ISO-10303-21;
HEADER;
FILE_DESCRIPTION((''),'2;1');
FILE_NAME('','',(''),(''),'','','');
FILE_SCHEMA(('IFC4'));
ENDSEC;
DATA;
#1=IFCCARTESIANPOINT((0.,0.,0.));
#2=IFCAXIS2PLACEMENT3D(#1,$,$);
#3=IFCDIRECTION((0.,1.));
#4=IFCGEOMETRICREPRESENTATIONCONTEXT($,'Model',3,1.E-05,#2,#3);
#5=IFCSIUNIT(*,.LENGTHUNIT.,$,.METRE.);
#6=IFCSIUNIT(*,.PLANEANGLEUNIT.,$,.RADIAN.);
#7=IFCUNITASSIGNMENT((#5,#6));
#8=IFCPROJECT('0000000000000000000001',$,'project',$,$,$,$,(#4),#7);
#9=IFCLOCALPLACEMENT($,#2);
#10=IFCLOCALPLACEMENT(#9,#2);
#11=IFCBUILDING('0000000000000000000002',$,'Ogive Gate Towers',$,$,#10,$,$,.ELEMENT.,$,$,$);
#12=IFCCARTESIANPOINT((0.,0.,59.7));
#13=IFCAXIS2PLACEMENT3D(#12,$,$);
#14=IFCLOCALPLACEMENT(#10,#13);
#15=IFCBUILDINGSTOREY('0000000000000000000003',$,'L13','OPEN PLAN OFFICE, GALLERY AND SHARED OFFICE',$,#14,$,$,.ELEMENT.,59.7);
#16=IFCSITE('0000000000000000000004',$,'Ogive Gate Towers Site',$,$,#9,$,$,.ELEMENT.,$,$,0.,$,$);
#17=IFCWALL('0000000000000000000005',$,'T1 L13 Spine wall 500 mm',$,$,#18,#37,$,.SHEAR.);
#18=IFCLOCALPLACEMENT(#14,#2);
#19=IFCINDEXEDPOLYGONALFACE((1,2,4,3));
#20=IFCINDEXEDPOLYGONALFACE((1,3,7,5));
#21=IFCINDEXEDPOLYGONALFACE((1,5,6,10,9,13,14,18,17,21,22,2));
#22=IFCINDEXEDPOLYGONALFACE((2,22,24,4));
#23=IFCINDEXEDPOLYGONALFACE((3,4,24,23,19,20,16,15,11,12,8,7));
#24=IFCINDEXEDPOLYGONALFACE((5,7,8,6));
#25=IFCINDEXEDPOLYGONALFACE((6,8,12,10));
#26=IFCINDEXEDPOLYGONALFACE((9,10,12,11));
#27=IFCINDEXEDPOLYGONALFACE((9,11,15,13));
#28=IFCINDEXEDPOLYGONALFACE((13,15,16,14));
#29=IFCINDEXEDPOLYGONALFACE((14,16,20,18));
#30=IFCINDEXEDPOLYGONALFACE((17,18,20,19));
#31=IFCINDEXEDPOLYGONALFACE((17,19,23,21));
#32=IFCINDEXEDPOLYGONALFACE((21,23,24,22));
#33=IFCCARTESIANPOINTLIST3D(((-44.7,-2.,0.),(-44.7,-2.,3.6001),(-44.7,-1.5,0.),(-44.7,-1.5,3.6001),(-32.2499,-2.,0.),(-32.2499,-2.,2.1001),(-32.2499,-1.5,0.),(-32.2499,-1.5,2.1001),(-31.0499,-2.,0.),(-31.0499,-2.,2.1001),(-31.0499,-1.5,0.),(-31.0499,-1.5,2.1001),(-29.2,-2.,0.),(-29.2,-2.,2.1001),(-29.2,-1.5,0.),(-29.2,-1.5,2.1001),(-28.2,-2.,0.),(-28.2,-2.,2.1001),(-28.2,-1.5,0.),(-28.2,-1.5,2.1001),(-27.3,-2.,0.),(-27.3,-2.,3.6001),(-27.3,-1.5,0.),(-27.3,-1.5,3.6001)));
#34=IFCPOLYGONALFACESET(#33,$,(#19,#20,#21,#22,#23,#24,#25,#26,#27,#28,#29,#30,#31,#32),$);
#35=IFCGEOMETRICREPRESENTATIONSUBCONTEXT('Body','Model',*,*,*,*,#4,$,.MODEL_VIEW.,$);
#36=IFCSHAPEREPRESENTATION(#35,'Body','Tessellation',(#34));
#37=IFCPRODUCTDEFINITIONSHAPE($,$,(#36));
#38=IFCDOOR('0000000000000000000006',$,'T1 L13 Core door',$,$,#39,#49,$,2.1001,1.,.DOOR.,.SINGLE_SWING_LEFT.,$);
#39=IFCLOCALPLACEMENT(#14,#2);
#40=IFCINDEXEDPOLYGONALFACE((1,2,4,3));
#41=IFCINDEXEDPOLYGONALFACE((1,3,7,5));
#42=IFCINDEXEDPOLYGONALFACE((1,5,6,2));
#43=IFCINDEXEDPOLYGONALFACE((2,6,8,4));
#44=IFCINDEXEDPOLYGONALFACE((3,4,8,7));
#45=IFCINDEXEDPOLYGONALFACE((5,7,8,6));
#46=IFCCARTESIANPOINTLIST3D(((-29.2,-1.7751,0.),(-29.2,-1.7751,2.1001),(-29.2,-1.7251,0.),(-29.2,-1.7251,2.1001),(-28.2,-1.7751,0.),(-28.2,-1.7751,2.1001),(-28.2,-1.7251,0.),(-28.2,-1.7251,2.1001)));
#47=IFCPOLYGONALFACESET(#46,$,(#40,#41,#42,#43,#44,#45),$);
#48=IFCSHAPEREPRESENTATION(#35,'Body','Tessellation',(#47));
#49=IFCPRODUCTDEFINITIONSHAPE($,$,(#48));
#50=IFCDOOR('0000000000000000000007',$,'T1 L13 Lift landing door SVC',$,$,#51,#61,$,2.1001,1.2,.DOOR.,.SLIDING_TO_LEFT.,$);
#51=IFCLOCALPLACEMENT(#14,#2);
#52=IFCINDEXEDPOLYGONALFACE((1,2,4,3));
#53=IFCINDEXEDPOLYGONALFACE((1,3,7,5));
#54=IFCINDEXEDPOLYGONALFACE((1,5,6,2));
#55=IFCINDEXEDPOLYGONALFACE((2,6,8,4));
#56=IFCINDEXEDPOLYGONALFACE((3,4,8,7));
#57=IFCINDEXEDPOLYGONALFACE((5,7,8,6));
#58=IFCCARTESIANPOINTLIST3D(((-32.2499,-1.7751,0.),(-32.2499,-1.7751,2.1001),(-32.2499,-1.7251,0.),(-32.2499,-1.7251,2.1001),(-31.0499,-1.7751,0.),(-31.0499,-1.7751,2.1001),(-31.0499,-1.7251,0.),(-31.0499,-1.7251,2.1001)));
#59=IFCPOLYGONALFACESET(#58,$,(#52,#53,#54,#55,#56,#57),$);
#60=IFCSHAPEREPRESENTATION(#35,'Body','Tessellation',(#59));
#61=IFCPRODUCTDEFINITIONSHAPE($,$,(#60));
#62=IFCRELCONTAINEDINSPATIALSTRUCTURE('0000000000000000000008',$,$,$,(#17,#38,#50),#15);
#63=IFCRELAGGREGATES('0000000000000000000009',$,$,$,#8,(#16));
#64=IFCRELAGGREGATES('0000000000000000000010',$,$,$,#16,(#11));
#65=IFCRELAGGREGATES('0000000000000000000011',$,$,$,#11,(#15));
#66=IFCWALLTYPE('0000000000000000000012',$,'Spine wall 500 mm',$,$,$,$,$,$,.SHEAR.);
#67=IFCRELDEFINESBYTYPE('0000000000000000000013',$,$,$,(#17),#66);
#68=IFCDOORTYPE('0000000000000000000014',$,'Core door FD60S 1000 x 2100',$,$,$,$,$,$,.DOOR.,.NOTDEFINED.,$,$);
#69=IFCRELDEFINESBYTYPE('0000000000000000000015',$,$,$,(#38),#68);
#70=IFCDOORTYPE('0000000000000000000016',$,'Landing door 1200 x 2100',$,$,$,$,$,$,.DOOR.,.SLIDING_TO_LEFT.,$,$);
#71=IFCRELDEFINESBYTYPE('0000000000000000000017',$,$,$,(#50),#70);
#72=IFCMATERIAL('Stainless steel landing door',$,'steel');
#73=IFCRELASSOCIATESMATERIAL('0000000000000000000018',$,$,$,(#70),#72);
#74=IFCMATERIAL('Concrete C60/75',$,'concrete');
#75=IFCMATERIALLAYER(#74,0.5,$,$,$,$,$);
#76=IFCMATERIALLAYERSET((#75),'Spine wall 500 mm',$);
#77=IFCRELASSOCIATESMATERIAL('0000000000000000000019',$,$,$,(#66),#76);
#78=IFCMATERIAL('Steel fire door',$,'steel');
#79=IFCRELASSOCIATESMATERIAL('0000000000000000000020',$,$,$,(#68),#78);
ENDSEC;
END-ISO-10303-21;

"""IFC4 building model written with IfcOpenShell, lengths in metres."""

from ifc_helpers import new_model, si_unit, direction, frame, frame_2d, origin, place, context, subcontext, project, spatial, rectangle, extrude, material, layer, layer_set, type_object, element, fill, save


model = new_model("IFC4")

# Units and contexts
model_context = context("Model", 3, precision=1e-05, world=origin(), true_north=direction((0.0, 1.0)))
body_context = subcontext(model_context, "Body", "Model", "MODEL_VIEW")
ifc_project = project(units=[si_unit("LENGTHUNIT", "METRE"), si_unit("PLANEANGLEUNIT", "RADIAN")], contexts=[model_context])

# Site, building, storey
site_placement = place(None, origin())
site = spatial("IfcSite", under=ifc_project, at=site_placement, Name="Ogive Gate Towers Site", CompositionType="ELEMENT", RefElevation=0.0)
building_placement = place(site_placement, origin())
building = spatial("IfcBuilding", under=site, at=building_placement, Name="Ogive Gate Towers", CompositionType="ELEMENT")
storey_placement = place(building_placement, frame((0.0, 0.0, 59.7)))
storey = spatial("IfcBuildingStorey", under=building, at=storey_placement, Name="L13", Description="OPEN PLAN OFFICE, GALLERY AND SHARED OFFICE", CompositionType="ELEMENT", Elevation=59.7)

# Shared definitions
ifc_material_1 = material(Name="Concrete C60/75", Category="concrete")

# Shared definitions
ifc_material_2 = material(Name="Stainless steel landing door", Category="steel")
door_type_1 = type_object("IfcDoorType", Name="Landing door 1200 x 2100", OperationType="SLIDING_TO_LEFT", PredefinedType="DOOR", material=ifc_material_2)

# Wall, openings, doors
ifc_layer_1 = layer(ifc_material_1, 0.5)
ifc_layer_set_1 = layer_set([ifc_layer_1], Name="Spine wall 500 mm")
wall_type_1 = type_object("IfcWallType", Name="Spine wall 500 mm", PredefinedType="SHEAR", material=ifc_layer_set_1)
wall_1_placement = place(storey_placement, frame((-44.7, -1.75, 0.0), z_axis=(0.0, 0.0, 1.0), x_axis=(1.0, 0.0, 0.0)))
wall_1 = element("IfcWall", 1, at=wall_1_placement, inside=storey, type_object=wall_type_1, Name="T1 L13 Spine wall 500 mm", PredefinedType="SHEAR", context=body_context, shape_type="SweptSolid", body=[
    extrude(rectangle(XDim=17.3999, YDim=0.5, at=frame_2d((8.7, 0.0))), origin(), (0.0, 0.0, 1.0), 3.6001),
])
opening_1_placement = place(wall_1_placement, frame((12.45, 0.0, 0.0)))
opening_1 = element("IfcOpeningElement", 2, at=opening_1_placement, cuts=wall_1, PredefinedType="OPENING", context=body_context, shape_type="SweptSolid", body=[
    extrude(rectangle(XDim=1.2, YDim=2.1001, at=frame_2d((0.6001, 1.05))), frame((0.0, 0.26, 0.0), z_axis=(0.0, -1.0, 0.0), x_axis=(1.0, 0.0, 0.0)), (0.0, 0.0, 1.0), 0.52),
])
opening_2_placement = place(wall_1_placement, frame((15.5, 0.0, 0.0)))
opening_2 = element("IfcOpeningElement", 3, at=opening_2_placement, cuts=wall_1, PredefinedType="OPENING", context=body_context, shape_type="SweptSolid", body=[
    extrude(rectangle(XDim=1.0, YDim=2.1001, at=frame_2d((0.5, 1.05))), frame((0.0, 0.26, 0.0), z_axis=(0.0, -1.0, 0.0), x_axis=(1.0, 0.0, 0.0)), (0.0, 0.0, 1.0), 0.52),
])
ifc_material_3 = material(Name="Steel fire door", Category="steel")
door_type_2 = type_object("IfcDoorType", Name="Core door FD60S 1000 x 2100", OperationType="NOTDEFINED", PredefinedType="DOOR", material=ifc_material_3)
door_1_placement = place(opening_2_placement, origin())
door_1 = element("IfcDoor", 4, at=door_1_placement, inside=storey, type_object=door_type_2, Name="T1 L13 Core door", OperationType="SINGLE_SWING_LEFT", OverallHeight=2.1001, OverallWidth=1.0, PredefinedType="DOOR", context=body_context, shape_type="SweptSolid", body=[
    extrude(rectangle(XDim=1.0, YDim=2.1001, at=frame_2d((0.5, 1.05))), frame((0.0, 0.0249, 0.0), z_axis=(0.0, -1.0, 0.0), x_axis=(1.0, 0.0, 0.0)), (0.0, 0.0, 1.0), 0.05),
])
fill(opening_2, door_1)
door_2_placement = place(opening_1_placement, origin())
door_2 = element("IfcDoor", 5, at=door_2_placement, inside=storey, type_object=door_type_1, Name="T1 L13 Lift landing door SVC", OperationType="SLIDING_TO_LEFT", OverallHeight=2.1001, OverallWidth=1.2, PredefinedType="DOOR", context=body_context, shape_type="SweptSolid", body=[
    extrude(rectangle(XDim=1.2, YDim=2.1001, at=frame_2d((0.6001, 1.05))), frame((0.0, 0.0249, 0.0), z_axis=(0.0, -1.0, 0.0), x_axis=(1.0, 0.0, 0.0)), (0.0, 0.0, 1.0), 0.05),
])
fill(opening_1, door_2)

save(model, "model.ifc")
